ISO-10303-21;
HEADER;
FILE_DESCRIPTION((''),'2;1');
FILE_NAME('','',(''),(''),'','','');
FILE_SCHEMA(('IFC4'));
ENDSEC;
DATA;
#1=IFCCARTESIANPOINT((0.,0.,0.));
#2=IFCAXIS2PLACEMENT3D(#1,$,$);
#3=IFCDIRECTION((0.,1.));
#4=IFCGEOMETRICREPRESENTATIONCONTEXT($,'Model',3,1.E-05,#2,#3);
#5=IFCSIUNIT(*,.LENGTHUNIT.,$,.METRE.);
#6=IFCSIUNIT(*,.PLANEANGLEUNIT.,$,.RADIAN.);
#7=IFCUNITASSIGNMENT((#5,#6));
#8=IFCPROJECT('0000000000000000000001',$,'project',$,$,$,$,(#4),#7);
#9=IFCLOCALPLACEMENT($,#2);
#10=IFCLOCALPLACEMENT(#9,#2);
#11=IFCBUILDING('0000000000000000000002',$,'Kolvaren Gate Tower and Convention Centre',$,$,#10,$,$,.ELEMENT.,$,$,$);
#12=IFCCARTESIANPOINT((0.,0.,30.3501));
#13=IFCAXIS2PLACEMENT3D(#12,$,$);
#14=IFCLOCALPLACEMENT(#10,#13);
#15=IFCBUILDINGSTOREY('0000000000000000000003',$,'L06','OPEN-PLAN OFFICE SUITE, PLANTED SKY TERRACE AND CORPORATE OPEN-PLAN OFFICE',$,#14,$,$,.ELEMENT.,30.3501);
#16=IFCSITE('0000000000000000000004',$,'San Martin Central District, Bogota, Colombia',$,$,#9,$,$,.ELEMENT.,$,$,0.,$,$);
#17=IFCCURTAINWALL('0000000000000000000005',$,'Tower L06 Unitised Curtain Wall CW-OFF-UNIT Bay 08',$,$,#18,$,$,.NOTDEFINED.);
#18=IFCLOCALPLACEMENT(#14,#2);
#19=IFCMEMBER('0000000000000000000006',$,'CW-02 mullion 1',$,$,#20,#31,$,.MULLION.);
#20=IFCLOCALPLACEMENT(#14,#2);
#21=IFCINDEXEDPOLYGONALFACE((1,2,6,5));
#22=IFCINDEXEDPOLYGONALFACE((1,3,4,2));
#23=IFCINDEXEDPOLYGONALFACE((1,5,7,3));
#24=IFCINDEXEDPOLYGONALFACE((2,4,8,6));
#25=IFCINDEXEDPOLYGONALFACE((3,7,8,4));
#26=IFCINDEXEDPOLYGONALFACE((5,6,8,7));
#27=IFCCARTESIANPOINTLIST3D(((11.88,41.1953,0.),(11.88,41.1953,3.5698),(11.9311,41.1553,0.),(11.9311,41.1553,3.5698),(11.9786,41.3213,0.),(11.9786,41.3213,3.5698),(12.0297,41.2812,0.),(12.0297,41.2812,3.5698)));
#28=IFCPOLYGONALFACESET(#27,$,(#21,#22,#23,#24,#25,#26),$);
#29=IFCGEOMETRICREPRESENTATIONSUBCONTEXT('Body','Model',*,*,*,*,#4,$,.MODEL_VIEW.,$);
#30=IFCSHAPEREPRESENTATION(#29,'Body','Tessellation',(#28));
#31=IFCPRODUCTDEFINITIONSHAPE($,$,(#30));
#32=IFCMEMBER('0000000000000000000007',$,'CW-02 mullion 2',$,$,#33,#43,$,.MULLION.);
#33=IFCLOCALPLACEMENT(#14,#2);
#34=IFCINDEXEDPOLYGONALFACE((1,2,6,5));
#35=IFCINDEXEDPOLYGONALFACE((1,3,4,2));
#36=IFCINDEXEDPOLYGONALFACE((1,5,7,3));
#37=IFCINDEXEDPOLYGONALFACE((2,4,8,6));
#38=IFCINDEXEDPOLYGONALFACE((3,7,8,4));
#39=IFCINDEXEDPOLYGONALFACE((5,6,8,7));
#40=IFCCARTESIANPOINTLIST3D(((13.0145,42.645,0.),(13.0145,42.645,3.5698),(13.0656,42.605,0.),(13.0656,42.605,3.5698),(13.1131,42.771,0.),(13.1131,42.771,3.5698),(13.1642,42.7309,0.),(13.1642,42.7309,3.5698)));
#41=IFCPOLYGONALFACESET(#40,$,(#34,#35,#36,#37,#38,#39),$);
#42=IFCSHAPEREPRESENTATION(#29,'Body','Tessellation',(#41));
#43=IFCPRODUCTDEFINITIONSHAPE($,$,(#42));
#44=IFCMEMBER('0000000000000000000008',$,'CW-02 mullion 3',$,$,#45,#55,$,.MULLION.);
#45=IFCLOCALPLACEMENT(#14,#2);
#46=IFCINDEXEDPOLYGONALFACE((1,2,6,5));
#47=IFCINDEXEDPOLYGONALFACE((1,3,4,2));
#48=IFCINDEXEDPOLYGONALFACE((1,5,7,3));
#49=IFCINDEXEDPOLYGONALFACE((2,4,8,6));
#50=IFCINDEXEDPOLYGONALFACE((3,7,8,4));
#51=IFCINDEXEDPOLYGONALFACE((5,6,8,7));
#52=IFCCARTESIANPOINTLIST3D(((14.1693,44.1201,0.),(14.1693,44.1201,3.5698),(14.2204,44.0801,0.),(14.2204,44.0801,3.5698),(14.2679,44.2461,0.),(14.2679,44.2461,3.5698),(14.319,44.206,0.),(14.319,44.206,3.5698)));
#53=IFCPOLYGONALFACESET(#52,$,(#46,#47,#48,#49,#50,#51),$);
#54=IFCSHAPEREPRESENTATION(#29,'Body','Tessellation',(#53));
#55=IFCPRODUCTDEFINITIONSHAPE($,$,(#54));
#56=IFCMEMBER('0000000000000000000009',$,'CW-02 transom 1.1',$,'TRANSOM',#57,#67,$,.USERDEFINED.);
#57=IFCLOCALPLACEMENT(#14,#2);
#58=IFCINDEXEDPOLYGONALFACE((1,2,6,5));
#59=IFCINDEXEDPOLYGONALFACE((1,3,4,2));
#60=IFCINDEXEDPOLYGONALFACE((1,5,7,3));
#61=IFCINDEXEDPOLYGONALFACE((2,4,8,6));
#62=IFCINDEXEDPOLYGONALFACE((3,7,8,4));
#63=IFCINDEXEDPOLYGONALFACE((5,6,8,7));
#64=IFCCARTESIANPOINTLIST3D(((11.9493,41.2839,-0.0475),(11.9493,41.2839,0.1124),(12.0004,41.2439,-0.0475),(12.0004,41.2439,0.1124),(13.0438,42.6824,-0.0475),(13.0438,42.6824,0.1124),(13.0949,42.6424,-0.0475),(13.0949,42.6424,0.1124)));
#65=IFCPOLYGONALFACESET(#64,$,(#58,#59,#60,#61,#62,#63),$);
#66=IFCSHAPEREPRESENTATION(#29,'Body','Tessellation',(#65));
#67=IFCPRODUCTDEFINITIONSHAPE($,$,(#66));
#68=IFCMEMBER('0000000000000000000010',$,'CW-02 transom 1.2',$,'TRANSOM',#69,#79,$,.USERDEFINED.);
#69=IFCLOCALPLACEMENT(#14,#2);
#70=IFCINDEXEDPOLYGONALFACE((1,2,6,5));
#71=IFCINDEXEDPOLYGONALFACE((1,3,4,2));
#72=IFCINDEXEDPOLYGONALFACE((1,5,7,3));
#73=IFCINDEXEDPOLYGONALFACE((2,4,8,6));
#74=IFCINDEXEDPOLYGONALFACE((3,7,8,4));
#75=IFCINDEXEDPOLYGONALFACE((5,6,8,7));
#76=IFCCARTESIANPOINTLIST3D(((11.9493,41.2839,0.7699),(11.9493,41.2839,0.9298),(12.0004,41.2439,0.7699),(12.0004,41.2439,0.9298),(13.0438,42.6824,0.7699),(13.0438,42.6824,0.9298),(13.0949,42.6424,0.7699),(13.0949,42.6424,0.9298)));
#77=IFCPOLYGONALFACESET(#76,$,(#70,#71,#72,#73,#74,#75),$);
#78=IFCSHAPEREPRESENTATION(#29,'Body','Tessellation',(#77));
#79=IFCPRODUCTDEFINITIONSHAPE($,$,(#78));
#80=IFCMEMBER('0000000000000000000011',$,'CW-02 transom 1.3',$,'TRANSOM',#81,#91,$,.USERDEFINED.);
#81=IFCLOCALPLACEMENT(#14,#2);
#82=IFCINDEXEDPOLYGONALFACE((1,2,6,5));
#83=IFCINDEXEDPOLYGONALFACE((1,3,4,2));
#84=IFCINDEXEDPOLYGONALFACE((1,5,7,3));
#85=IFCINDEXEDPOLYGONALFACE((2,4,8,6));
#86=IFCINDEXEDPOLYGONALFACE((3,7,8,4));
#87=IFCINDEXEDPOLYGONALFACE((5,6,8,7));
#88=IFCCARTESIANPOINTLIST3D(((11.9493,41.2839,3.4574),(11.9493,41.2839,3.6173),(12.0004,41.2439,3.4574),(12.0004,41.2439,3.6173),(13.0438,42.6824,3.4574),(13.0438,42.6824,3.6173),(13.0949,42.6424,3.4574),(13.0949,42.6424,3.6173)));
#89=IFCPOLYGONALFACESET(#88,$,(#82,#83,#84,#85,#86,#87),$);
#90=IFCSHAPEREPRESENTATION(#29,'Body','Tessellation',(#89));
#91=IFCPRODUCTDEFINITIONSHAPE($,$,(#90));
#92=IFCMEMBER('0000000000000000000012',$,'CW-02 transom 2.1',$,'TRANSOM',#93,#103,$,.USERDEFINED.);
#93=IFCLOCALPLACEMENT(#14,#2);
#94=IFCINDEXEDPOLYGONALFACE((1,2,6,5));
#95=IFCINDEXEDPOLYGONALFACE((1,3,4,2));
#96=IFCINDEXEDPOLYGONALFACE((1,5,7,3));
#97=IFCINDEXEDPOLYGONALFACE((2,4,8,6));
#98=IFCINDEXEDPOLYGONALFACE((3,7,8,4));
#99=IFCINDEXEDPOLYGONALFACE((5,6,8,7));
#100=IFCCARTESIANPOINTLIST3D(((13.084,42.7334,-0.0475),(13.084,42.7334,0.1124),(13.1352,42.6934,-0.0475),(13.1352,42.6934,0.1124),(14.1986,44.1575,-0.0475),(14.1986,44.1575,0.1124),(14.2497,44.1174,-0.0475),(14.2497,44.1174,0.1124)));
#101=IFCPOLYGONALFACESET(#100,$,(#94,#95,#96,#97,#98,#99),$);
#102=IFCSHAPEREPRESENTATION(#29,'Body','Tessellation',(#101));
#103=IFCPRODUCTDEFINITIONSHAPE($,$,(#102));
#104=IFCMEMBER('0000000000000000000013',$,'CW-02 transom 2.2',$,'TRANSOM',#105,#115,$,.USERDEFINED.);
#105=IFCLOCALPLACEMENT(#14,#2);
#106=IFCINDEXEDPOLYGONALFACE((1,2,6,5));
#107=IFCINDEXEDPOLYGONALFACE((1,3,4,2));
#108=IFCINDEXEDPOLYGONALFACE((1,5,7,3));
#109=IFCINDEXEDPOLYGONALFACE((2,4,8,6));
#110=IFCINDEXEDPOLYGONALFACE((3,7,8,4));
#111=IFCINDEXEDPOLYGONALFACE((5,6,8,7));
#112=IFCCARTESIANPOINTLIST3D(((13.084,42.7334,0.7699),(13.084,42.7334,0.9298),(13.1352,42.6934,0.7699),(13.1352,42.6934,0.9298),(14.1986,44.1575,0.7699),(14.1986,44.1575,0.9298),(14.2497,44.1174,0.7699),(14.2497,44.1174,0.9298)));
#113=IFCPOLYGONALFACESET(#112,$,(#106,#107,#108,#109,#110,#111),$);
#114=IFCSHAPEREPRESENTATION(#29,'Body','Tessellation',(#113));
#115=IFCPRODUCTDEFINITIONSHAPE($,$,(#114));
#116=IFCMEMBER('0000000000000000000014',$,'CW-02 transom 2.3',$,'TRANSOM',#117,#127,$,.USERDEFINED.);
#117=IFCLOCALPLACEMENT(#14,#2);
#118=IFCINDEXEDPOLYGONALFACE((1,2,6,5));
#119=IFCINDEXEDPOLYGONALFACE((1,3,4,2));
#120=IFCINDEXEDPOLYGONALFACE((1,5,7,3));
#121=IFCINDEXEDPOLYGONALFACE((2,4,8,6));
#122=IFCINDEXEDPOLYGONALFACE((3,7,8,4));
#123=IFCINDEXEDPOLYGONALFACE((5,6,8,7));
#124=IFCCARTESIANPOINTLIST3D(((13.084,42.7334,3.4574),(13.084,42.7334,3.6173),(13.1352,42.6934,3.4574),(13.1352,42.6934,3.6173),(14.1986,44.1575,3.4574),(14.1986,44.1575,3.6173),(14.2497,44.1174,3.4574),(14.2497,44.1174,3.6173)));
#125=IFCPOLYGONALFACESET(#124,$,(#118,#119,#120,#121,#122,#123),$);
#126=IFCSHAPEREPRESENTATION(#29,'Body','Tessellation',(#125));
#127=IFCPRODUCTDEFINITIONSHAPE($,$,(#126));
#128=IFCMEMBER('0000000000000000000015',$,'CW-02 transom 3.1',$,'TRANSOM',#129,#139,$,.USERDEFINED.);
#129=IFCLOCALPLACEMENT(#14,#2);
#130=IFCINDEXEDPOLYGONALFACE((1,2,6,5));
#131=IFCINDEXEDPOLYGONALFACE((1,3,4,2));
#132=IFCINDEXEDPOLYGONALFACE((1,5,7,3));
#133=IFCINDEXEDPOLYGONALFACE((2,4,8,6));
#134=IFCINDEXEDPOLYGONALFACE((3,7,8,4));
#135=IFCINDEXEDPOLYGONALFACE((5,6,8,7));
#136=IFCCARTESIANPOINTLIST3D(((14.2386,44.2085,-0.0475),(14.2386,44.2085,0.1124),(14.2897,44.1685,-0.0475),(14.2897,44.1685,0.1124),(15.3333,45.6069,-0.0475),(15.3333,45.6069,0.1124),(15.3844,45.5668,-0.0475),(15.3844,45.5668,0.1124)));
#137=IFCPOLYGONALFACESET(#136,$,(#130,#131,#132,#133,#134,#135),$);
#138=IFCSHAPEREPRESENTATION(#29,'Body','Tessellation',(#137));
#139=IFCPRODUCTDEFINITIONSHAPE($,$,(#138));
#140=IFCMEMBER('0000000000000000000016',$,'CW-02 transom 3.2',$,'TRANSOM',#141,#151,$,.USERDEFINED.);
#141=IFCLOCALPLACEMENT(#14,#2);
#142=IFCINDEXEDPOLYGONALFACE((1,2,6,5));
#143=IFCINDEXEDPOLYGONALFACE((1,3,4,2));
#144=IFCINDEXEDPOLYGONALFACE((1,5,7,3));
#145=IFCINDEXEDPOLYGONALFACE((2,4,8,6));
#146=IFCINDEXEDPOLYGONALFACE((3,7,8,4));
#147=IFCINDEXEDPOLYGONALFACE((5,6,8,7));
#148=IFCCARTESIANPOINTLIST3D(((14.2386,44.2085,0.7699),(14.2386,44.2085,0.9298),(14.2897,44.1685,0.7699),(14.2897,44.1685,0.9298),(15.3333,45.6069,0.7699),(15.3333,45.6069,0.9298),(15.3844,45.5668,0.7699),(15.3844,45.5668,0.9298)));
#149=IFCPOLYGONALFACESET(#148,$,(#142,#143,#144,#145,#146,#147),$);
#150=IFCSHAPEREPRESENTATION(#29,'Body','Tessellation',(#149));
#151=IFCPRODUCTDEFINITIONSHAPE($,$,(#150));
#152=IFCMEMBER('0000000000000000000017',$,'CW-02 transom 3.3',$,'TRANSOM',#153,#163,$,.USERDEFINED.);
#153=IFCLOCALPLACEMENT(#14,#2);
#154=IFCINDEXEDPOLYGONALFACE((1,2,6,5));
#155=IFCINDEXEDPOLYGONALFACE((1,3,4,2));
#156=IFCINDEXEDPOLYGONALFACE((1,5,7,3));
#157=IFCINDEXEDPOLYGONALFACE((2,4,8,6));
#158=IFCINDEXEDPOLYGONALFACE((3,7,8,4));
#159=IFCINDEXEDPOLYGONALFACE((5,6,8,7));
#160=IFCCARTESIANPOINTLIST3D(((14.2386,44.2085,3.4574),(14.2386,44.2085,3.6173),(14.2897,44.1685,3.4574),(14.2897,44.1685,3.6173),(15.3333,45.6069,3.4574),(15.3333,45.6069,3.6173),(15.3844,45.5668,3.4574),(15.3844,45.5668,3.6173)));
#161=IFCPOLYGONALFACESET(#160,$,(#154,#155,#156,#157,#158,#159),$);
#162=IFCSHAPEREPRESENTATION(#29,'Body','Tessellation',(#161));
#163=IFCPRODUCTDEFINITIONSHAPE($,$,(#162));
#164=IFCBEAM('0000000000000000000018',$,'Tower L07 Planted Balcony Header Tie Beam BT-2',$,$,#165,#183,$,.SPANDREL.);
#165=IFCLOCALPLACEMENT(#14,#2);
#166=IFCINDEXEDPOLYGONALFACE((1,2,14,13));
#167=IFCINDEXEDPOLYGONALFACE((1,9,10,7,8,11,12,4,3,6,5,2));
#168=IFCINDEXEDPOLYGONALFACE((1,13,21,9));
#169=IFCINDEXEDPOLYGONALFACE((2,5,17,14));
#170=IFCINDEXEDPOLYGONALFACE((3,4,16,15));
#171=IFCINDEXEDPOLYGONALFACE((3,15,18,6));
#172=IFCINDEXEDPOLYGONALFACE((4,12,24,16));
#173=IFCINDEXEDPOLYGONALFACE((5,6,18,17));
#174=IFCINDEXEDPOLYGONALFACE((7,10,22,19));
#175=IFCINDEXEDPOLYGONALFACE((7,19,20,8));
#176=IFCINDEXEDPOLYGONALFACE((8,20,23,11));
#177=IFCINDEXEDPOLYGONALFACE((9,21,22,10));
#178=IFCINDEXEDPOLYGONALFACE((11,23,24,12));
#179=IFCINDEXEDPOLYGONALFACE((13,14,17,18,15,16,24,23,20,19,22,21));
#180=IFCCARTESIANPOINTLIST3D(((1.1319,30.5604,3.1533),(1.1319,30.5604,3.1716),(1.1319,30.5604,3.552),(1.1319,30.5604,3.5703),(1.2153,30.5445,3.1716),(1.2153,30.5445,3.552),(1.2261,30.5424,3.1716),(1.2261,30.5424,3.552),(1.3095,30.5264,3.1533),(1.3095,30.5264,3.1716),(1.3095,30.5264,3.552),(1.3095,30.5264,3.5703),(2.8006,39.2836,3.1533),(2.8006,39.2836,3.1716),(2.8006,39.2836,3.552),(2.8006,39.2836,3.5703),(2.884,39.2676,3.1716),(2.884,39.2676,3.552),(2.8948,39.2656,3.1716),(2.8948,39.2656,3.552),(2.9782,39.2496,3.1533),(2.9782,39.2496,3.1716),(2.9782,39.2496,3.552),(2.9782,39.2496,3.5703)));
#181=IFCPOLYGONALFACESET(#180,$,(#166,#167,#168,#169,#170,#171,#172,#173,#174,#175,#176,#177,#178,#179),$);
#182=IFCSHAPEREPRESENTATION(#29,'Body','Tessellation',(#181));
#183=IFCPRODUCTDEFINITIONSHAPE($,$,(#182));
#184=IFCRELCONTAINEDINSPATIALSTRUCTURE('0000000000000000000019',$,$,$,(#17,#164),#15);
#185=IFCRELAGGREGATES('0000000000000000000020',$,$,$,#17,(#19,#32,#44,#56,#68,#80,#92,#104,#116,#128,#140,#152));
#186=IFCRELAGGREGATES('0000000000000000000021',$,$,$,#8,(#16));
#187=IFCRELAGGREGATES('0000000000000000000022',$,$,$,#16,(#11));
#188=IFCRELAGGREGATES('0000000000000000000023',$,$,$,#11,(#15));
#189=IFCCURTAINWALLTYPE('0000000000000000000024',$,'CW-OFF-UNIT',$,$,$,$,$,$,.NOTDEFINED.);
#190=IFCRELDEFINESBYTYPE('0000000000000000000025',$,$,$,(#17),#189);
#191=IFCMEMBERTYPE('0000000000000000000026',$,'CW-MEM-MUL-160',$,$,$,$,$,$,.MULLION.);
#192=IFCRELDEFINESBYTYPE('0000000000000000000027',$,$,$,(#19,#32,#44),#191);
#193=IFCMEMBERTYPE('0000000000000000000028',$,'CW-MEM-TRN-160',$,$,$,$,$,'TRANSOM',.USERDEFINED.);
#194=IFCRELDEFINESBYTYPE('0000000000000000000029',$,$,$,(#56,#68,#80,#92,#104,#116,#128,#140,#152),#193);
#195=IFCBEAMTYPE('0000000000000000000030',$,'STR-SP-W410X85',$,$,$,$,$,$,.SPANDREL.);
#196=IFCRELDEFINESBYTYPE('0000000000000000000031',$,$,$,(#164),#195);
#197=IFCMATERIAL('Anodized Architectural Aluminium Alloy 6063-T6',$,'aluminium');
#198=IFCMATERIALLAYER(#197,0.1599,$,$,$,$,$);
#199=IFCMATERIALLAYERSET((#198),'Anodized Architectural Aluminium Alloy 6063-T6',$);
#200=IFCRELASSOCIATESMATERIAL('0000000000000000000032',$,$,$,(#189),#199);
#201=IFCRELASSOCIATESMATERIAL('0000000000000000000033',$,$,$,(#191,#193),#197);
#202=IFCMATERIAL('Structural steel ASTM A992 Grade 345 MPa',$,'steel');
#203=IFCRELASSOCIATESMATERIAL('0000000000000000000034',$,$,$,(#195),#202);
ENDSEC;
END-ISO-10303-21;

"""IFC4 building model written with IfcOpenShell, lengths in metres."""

from ifc_helpers import new_model, si_unit, direction, frame, origin, origin_2d, place, context, subcontext, project, spatial, rectangle, i_section, extrude, material, layer, layer_set, material_profile, profile_set, type_object, element, aggregate, save


model = new_model("IFC4")

# Units and contexts
model_context = context("Model", 3, precision=1e-05, world=origin(), true_north=direction((0.0, 1.0)))
body_context = subcontext(model_context, "Body", "Model", "MODEL_VIEW")
ifc_project = project(units=[si_unit("LENGTHUNIT", "METRE"), si_unit("PLANEANGLEUNIT", "RADIAN")], contexts=[model_context])

# Site, building, storey
site_placement = place(None, origin())
site = spatial("IfcSite", under=ifc_project, at=site_placement, Name="San Martin Central District, Bogota, Colombia", CompositionType="ELEMENT", RefElevation=0.0)
building_placement = place(site_placement, origin())
building = spatial("IfcBuilding", under=site, at=building_placement, Name="Kolvaren Gate Tower and Convention Centre", CompositionType="ELEMENT")
storey_placement = place(building_placement, frame((0.0, 0.0, 30.3501)))
storey = spatial("IfcBuildingStorey", under=building, at=storey_placement, Name="L06", Description="OPEN-PLAN OFFICE SUITE, PLANTED SKY TERRACE AND CORPORATE OPEN-PLAN OFFICE", CompositionType="ELEMENT", Elevation=30.3501)

# Curtain wall, members
ifc_material_1 = material(Name="Anodized Architectural Aluminium Alloy 6063-T6", Category="aluminium")
ifc_layer_1 = layer(ifc_material_1, 0.1599)
ifc_layer_set_1 = layer_set([ifc_layer_1], Name="Anodized Architectural Aluminium Alloy 6063-T6")
curtain_wall_type = type_object("IfcCurtainWallType", Name="CW-OFF-UNIT", PredefinedType="NOTDEFINED", material=ifc_layer_set_1)
curtain_wall_placement = place(storey_placement, origin())
curtain_wall = element("IfcCurtainWall", 1, at=curtain_wall_placement, inside=storey, type_object=curtain_wall_type, Name="Tower L06 Unitised Curtain Wall CW-OFF-UNIT Bay 08", PredefinedType="NOTDEFINED")
ifc_material_profile_1 = material_profile(ifc_material_1, rectangle(XDim=0.0649, YDim=0.1599, at=origin_2d()), Name="CW-MEM-MUL-160")
ifc_profile_set_1 = profile_set([ifc_material_profile_1], Name="Anodized Architectural Aluminium Alloy 6063-T6")
member_type_1 = type_object("IfcMemberType", Name="CW-MEM-MUL-160", PredefinedType="MULLION", material=ifc_profile_set_1)
member_1_placement = place(storey_placement, frame((11.9548, 41.2383, 0.0), z_axis=(0.0, 0.0, 1.0), x_axis=(-0.787417, 0.616421, 0.0)))
member_1 = element("IfcMember", 2, at=member_1_placement, type_object=member_type_1, Name="CW-02 mullion 1", PredefinedType="MULLION", context=body_context, shape_type="SweptSolid", body=[
    extrude(rectangle(XDim=0.0649, YDim=0.1599, at=origin_2d()), origin(), (0.0, 0.0, 1.0), 3.5698),
])
member_2_placement = place(storey_placement, frame((13.0894, 42.688, 0.0), z_axis=(0.0, 0.0, 1.0), x_axis=(-0.787417, 0.616421, 0.0)))
member_2 = element("IfcMember", 3, at=member_2_placement, type_object=member_type_1, Name="CW-02 mullion 2", PredefinedType="MULLION", context=body_context, shape_type="SweptSolid", body=[
    extrude(rectangle(XDim=0.0649, YDim=0.1599, at=origin_2d()), origin(), (0.0, 0.0, 1.0), 3.5698),
])
member_3_placement = place(storey_placement, frame((14.2441, 44.1631, 0.0), z_axis=(0.0, 0.0, 1.0), x_axis=(-0.787417, 0.616421, 0.0)))
member_3 = element("IfcMember", 4, at=member_3_placement, type_object=member_type_1, Name="CW-02 mullion 3", PredefinedType="MULLION", context=body_context, shape_type="SweptSolid", body=[
    extrude(rectangle(XDim=0.0649, YDim=0.1599, at=origin_2d()), origin(), (0.0, 0.0, 1.0), 3.5698),
])
ifc_material_profile_2 = material_profile(ifc_material_1, rectangle(XDim=0.0649, YDim=0.1599, at=origin_2d()), Name="CW-MEM-TRN-160")
ifc_profile_set_2 = profile_set([ifc_material_profile_2], Name="Anodized Architectural Aluminium Alloy 6063-T6")
member_type_2 = type_object("IfcMemberType", Name="CW-MEM-TRN-160", ElementType="TRANSOM", PredefinedType="USERDEFINED", material=ifc_profile_set_2)
member_4_placement = place(storey_placement, frame((11.9749, 41.2639, 0.0325), z_axis=(0.616327, 0.78749, 0.0), x_axis=(-0.78749, 0.616327, 0.0)))
member_4 = element("IfcMember", 5, at=member_4_placement, type_object=member_type_2, Name="CW-02 transom 1.1", ObjectType="TRANSOM", PredefinedType="USERDEFINED", context=body_context, shape_type="SweptSolid", body=[
    extrude(rectangle(XDim=0.0649, YDim=0.1599, at=origin_2d()), origin(), (0.0, 0.0, 1.0), 1.7759),
])
member_5_placement = place(storey_placement, frame((11.9749, 41.2639, 0.8499), z_axis=(0.616327, 0.78749, 0.0), x_axis=(-0.78749, 0.616327, 0.0)))
member_5 = element("IfcMember", 6, at=member_5_placement, type_object=member_type_2, Name="CW-02 transom 1.2", ObjectType="TRANSOM", PredefinedType="USERDEFINED", context=body_context, shape_type="SweptSolid", body=[
    extrude(rectangle(XDim=0.0649, YDim=0.1599, at=origin_2d()), origin(), (0.0, 0.0, 1.0), 1.7759),
])
member_6_placement = place(storey_placement, frame((11.9749, 41.2639, 3.5374), z_axis=(0.616327, 0.78749, 0.0), x_axis=(-0.78749, 0.616327, 0.0)))
member_6 = element("IfcMember", 7, at=member_6_placement, type_object=member_type_2, Name="CW-02 transom 1.3", ObjectType="TRANSOM", PredefinedType="USERDEFINED", context=body_context, shape_type="SweptSolid", body=[
    extrude(rectangle(XDim=0.0649, YDim=0.1599, at=origin_2d()), origin(), (0.0, 0.0, 1.0), 1.7759),
])
member_7_placement = place(storey_placement, frame((13.1096, 42.7134, 0.0325), z_axis=(0.616312, 0.787502, 0.0), x_axis=(-0.787502, 0.616312, 0.0)))
member_7 = element("IfcMember", 8, at=member_7_placement, type_object=member_type_2, Name="CW-02 transom 2.1", ObjectType="TRANSOM", PredefinedType="USERDEFINED", context=body_context, shape_type="SweptSolid", body=[
    extrude(rectangle(XDim=0.0649, YDim=0.1599, at=origin_2d()), origin(), (0.0, 0.0, 1.0), 1.8083),
])
member_8_placement = place(storey_placement, frame((13.1096, 42.7134, 0.8499), z_axis=(0.616312, 0.787502, 0.0), x_axis=(-0.787502, 0.616312, 0.0)))
member_8 = element("IfcMember", 9, at=member_8_placement, type_object=member_type_2, Name="CW-02 transom 2.2", ObjectType="TRANSOM", PredefinedType="USERDEFINED", context=body_context, shape_type="SweptSolid", body=[
    extrude(rectangle(XDim=0.0649, YDim=0.1599, at=origin_2d()), origin(), (0.0, 0.0, 1.0), 1.8083),
])
member_9_placement = place(storey_placement, frame((13.1096, 42.7134, 3.5374), z_axis=(0.616312, 0.787502, 0.0), x_axis=(-0.787502, 0.616312, 0.0)))
member_9 = element("IfcMember", 10, at=member_9_placement, type_object=member_type_2, Name="CW-02 transom 2.3", ObjectType="TRANSOM", PredefinedType="USERDEFINED", context=body_context, shape_type="SweptSolid", body=[
    extrude(rectangle(XDim=0.0649, YDim=0.1599, at=origin_2d()), origin(), (0.0, 0.0, 1.0), 1.8083),
])
member_10_placement = place(storey_placement, frame((14.2642, 44.1885, 0.0325), z_axis=(0.616412, 0.787424, 0.0), x_axis=(-0.787424, 0.616412, 0.0)))
member_10 = element("IfcMember", 11, at=member_10_placement, type_object=member_type_2, Name="CW-02 transom 3.1", ObjectType="TRANSOM", PredefinedType="USERDEFINED", context=body_context, shape_type="SweptSolid", body=[
    extrude(rectangle(XDim=0.0649, YDim=0.1599, at=origin_2d()), origin(), (0.0, 0.0, 1.0), 1.7759),
])
member_11_placement = place(storey_placement, frame((14.2642, 44.1885, 0.8499), z_axis=(0.616412, 0.787424, 0.0), x_axis=(-0.787424, 0.616412, 0.0)))
member_11 = element("IfcMember", 12, at=member_11_placement, type_object=member_type_2, Name="CW-02 transom 3.2", ObjectType="TRANSOM", PredefinedType="USERDEFINED", context=body_context, shape_type="SweptSolid", body=[
    extrude(rectangle(XDim=0.0649, YDim=0.1599, at=origin_2d()), origin(), (0.0, 0.0, 1.0), 1.7759),
])
member_12_placement = place(storey_placement, frame((14.2642, 44.1885, 3.5374), z_axis=(0.616412, 0.787424, 0.0), x_axis=(-0.787424, 0.616412, 0.0)))
member_12 = element("IfcMember", 13, at=member_12_placement, type_object=member_type_2, Name="CW-02 transom 3.3", ObjectType="TRANSOM", PredefinedType="USERDEFINED", context=body_context, shape_type="SweptSolid", body=[
    extrude(rectangle(XDim=0.0649, YDim=0.1599, at=origin_2d()), origin(), (0.0, 0.0, 1.0), 1.7759),
])

# Beam
ifc_material_2 = material(Name="Structural steel ASTM A992 Grade 345 MPa", Category="steel")
ifc_material_profile_3 = material_profile(ifc_material_2, i_section(OverallWidth=0.1809, OverallDepth=0.417, WebThickness=0.011, FlangeThickness=0.0183, at=origin_2d()), Name="W410X85")
ifc_profile_set_3 = profile_set([ifc_material_profile_3], Name="Structural steel ASTM A992 Grade 345 MPa")
beam_type = type_object("IfcBeamType", Name="STR-SP-W410X85", PredefinedType="SPANDREL", material=ifc_profile_set_3)
beam_placement = place(storey_placement, frame((2.8894, 39.2666, 3.3618), z_axis=(-0.187889, -0.98219, 0.0), x_axis=(0.98219, -0.187889, 0.0)))
element("IfcBeam", 14, at=beam_placement, inside=storey, type_object=beam_type, Name="Tower L07 Planted Balcony Header Tie Beam BT-2", PredefinedType="SPANDREL", context=body_context, shape_type="SweptSolid", body=[
    extrude(i_section(OverallWidth=0.1809, OverallDepth=0.417, WebThickness=0.011, FlangeThickness=0.0183, at=origin_2d()), origin(), (0.0, 0.0, 1.0), 8.8813),
])

aggregate(curtain_wall, [member_1, member_2, member_3, member_4, member_5, member_6, member_7, member_8, member_9, member_10, member_11, member_12])

save(model, "model.ifc")
